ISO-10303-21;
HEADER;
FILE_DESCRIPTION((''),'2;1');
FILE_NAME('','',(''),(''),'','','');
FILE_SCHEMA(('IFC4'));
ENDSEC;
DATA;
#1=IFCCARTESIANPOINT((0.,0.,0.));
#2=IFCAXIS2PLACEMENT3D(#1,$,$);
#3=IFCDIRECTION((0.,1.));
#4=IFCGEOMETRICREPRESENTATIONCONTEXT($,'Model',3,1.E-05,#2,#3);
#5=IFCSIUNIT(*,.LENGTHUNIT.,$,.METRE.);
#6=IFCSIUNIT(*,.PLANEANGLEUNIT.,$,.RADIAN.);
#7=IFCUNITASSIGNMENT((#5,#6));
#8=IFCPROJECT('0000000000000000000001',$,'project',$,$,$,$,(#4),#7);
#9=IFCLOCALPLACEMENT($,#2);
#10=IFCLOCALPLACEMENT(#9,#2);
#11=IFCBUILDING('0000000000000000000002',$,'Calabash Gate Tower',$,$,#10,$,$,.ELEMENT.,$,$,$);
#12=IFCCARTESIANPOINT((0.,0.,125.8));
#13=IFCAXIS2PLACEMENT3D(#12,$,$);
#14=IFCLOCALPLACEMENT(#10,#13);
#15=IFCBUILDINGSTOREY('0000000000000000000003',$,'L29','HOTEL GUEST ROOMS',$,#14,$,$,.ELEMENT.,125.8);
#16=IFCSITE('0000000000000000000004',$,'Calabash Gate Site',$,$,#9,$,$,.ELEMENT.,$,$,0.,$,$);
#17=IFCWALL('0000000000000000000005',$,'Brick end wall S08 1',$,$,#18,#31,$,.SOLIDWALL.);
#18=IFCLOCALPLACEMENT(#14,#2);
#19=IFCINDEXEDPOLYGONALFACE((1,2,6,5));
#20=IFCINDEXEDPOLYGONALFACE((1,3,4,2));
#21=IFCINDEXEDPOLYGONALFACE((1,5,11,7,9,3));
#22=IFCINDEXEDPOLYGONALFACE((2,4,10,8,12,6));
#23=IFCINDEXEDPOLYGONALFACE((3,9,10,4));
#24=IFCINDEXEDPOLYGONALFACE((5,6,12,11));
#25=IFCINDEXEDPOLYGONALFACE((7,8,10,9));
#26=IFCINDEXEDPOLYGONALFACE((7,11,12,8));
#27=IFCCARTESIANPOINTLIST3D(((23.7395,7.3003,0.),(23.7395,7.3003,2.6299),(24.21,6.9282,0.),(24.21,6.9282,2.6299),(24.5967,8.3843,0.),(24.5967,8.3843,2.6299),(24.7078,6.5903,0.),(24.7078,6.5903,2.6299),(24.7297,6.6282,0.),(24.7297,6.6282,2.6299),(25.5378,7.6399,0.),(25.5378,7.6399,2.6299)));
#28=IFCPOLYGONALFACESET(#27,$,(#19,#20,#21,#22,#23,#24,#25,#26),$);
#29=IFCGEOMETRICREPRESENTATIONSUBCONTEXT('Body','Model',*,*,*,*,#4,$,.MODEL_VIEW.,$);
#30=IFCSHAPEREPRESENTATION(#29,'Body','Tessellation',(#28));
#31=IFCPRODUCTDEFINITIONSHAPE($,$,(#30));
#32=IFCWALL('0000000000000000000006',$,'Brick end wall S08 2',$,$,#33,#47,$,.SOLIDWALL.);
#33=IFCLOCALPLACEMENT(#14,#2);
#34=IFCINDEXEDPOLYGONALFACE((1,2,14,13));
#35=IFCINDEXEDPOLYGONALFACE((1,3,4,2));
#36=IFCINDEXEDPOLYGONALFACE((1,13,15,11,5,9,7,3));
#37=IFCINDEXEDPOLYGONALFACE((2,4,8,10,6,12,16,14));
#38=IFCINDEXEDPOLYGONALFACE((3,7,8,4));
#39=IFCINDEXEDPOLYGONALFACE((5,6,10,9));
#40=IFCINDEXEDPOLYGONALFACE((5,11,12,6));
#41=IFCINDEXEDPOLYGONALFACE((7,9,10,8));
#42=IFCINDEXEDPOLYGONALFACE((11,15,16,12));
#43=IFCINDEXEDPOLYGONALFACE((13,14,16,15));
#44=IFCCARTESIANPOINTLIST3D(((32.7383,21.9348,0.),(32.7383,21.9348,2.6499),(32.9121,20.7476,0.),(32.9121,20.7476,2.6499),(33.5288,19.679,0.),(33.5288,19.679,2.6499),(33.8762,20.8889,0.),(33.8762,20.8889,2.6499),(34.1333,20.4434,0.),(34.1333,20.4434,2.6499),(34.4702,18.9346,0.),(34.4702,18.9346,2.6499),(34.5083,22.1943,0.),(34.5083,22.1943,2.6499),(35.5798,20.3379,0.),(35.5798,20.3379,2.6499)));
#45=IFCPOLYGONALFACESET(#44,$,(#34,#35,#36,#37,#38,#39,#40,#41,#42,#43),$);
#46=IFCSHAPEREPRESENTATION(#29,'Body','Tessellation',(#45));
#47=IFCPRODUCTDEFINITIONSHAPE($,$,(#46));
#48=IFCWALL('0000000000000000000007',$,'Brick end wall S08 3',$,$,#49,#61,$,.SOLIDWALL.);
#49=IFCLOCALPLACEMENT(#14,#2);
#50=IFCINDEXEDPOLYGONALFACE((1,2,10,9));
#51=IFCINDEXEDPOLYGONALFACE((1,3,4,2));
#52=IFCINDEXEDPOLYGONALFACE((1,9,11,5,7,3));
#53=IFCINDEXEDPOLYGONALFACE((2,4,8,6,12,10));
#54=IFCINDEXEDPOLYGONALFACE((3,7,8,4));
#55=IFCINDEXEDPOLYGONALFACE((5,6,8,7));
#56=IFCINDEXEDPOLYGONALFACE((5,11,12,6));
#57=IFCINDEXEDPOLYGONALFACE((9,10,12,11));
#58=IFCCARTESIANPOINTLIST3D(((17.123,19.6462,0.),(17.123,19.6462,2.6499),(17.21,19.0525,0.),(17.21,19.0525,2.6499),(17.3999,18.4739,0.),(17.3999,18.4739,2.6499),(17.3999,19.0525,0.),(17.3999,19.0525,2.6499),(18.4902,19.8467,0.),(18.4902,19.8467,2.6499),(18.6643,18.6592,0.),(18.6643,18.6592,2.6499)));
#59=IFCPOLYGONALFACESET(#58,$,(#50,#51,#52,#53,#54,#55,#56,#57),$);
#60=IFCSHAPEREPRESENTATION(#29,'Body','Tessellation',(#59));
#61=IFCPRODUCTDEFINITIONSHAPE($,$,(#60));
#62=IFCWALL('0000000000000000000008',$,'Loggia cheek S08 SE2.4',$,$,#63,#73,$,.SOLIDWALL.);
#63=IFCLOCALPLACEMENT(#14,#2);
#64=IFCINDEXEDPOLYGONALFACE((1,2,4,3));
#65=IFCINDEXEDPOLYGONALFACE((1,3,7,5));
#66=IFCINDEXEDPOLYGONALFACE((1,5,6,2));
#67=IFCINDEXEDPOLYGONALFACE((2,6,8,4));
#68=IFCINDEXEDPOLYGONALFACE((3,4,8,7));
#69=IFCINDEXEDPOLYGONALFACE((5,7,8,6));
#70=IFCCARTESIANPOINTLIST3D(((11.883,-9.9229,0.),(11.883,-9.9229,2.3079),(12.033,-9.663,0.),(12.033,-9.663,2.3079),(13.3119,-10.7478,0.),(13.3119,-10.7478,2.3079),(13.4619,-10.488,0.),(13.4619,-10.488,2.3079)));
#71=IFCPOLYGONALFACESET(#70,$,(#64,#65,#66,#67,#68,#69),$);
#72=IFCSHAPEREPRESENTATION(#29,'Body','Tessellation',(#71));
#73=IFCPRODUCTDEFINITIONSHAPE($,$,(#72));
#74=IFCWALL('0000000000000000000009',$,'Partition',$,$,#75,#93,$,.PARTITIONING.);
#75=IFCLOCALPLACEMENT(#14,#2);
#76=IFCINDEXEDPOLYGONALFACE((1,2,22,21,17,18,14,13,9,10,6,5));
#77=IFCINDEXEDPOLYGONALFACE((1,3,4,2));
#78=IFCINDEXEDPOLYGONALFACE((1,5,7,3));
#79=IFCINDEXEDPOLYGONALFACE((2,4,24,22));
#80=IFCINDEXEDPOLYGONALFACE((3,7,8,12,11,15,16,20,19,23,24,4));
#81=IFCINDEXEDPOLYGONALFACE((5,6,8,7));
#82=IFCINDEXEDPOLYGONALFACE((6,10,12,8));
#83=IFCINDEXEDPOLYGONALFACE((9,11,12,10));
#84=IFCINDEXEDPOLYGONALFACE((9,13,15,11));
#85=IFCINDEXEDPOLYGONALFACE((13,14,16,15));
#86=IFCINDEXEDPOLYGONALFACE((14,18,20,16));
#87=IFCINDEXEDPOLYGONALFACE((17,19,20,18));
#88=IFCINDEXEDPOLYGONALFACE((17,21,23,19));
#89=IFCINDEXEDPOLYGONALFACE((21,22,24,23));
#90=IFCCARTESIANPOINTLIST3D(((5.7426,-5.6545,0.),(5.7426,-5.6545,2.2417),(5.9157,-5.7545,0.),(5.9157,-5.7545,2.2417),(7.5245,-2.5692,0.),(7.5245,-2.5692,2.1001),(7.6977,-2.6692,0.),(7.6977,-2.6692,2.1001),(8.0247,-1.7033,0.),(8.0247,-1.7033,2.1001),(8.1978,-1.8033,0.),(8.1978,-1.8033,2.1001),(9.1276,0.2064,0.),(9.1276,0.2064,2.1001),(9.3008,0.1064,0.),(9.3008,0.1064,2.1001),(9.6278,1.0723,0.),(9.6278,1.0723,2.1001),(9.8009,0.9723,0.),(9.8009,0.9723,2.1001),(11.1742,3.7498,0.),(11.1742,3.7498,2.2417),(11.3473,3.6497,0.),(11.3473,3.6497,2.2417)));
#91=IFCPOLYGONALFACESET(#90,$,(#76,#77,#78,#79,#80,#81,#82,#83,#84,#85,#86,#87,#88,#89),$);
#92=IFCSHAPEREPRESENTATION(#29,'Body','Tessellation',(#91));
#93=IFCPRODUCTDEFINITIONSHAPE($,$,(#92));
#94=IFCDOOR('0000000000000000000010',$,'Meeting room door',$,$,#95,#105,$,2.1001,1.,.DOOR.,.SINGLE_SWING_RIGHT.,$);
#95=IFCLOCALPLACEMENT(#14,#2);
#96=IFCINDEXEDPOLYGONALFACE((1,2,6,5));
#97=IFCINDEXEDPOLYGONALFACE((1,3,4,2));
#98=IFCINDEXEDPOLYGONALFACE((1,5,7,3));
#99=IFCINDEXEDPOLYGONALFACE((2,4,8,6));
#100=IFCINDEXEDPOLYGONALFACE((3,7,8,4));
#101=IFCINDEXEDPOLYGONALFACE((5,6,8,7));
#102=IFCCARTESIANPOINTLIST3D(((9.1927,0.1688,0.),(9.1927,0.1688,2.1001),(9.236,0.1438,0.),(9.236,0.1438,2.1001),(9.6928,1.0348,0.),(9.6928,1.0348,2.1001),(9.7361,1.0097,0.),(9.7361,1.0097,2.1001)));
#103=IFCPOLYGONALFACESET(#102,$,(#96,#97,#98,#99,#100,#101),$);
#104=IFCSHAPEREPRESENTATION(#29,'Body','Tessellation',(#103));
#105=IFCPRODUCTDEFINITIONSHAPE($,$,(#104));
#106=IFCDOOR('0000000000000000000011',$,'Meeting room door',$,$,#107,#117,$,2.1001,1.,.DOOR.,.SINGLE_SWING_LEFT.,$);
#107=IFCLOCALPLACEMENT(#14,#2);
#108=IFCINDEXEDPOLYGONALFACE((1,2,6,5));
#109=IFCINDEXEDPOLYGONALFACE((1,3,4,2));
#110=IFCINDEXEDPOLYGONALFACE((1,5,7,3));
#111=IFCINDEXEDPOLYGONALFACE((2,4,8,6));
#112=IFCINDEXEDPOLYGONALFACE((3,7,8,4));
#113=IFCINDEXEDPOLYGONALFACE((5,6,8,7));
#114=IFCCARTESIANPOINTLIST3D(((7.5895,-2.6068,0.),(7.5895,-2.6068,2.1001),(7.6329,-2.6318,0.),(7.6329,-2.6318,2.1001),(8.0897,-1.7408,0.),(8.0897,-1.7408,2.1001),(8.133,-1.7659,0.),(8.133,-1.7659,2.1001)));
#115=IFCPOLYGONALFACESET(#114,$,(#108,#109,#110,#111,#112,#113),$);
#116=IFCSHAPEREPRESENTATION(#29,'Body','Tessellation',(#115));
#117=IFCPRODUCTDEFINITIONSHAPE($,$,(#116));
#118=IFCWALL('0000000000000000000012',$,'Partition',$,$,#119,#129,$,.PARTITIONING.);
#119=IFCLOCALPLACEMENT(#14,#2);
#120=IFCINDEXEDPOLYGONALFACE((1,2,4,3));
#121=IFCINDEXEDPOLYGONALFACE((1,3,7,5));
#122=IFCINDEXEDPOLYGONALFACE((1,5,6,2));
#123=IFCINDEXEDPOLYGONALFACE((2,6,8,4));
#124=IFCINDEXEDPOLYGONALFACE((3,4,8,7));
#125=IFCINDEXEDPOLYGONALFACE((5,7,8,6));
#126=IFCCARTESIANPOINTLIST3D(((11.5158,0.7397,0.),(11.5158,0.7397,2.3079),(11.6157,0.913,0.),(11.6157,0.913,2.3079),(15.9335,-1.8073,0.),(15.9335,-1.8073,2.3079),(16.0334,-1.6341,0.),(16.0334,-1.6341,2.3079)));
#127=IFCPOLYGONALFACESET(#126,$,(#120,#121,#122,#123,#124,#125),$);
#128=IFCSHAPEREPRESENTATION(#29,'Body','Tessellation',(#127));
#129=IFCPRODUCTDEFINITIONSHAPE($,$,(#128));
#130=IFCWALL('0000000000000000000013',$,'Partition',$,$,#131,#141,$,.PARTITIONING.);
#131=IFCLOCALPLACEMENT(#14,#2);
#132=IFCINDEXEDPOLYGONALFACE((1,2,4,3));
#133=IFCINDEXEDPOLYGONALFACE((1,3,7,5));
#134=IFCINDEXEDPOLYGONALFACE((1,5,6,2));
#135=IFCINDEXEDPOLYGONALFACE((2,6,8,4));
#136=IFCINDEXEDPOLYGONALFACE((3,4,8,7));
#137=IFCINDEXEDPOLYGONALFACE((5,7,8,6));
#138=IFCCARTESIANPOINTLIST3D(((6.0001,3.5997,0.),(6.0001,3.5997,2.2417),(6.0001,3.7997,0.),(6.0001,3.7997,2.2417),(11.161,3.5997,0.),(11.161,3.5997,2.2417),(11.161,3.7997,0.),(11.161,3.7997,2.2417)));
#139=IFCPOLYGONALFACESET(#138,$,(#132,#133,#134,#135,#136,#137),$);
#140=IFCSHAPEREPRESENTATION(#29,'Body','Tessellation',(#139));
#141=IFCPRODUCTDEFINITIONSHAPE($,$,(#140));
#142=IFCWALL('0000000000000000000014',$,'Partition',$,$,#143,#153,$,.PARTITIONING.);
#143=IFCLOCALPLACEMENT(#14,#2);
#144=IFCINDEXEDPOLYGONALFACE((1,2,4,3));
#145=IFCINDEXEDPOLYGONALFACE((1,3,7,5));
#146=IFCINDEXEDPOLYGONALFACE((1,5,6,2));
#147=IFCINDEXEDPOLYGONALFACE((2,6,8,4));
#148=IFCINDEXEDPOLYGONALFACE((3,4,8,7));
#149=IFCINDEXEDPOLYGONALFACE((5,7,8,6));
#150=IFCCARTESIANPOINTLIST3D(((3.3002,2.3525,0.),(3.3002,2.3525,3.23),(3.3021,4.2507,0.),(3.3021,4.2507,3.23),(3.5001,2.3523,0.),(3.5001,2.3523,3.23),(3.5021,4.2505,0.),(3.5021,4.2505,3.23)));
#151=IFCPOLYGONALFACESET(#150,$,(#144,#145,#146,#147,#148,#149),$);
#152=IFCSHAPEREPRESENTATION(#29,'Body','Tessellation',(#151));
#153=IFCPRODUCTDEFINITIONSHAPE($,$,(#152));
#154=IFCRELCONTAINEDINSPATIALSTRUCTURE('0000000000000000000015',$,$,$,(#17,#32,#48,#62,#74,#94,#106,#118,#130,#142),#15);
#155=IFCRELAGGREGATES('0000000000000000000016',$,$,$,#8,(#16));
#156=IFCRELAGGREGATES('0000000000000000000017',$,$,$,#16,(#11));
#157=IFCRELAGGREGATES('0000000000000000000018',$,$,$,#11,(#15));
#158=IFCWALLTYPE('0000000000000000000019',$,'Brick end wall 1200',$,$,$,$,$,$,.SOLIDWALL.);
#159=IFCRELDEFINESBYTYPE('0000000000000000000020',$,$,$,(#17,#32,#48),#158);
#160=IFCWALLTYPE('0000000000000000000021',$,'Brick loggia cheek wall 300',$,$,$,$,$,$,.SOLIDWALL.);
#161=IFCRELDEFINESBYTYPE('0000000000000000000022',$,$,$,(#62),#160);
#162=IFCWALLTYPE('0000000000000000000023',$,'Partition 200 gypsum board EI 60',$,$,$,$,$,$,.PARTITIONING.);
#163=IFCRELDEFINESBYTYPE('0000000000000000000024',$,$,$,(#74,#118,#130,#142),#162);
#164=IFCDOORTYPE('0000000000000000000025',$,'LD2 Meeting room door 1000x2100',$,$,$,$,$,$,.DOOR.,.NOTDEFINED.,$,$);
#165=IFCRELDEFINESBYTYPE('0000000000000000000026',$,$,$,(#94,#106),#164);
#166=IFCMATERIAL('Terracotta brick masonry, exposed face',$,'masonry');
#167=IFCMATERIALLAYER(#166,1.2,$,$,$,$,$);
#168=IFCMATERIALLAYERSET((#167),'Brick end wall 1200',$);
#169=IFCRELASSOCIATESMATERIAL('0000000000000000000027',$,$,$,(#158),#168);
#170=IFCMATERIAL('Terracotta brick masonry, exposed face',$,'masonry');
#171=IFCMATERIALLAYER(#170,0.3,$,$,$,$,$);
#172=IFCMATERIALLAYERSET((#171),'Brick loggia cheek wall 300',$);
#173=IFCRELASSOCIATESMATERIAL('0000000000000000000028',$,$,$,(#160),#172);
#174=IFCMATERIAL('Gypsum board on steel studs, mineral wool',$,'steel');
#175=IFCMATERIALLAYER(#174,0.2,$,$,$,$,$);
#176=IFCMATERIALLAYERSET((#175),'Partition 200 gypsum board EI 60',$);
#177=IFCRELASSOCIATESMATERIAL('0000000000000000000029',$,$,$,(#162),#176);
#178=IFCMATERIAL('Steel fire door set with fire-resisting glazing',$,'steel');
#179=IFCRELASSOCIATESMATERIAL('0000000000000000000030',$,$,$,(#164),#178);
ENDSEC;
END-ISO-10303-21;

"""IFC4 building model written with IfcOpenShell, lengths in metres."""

from ifc_helpers import new_model, si_unit, direction, frame, frame_2d, origin, place, context, subcontext, project, spatial, polyline, rectangle, outline, extrude, material, layer, layer_set, type_object, element, fill, save


model = new_model("IFC4")

# Units and contexts
model_context = context("Model", 3, precision=1e-05, world=origin(), true_north=direction((0.0, 1.0)))
body_context = subcontext(model_context, "Body", "Model", "MODEL_VIEW")
ifc_project = project(units=[si_unit("LENGTHUNIT", "METRE"), si_unit("PLANEANGLEUNIT", "RADIAN")], contexts=[model_context])

# Site, building, storey
site_placement = place(None, origin())
site = spatial("IfcSite", under=ifc_project, at=site_placement, Name="Calabash Gate Site", CompositionType="ELEMENT", RefElevation=0.0)
building_placement = place(site_placement, origin())
building = spatial("IfcBuilding", under=site, at=building_placement, Name="Calabash Gate Tower", CompositionType="ELEMENT")
storey_placement = place(building_placement, frame((0.0, 0.0, 125.8)))
storey = spatial("IfcBuildingStorey", under=building, at=storey_placement, Name="L29", Description="HOTEL GUEST ROOMS", CompositionType="ELEMENT", Elevation=125.8)

# Walls
ifc_material_1 = material(Name="Terracotta brick masonry, exposed face", Category="masonry")
ifc_layer_1 = layer(ifc_material_1, 1.2)
ifc_layer_set_1 = layer_set([ifc_layer_1], Name="Brick end wall 1200")
wall_type_1 = type_object("IfcWallType", Name="Brick end wall 1200", PredefinedType="SOLIDWALL", material=ifc_layer_set_1)
wall_1_placement = place(storey_placement, origin())
element("IfcWall", 1, at=wall_1_placement, inside=storey, type_object=wall_type_1, Name="Brick end wall S08 1", PredefinedType="SOLIDWALL", context=body_context, shape_type="SweptSolid", body=[
    extrude(outline(polyline([(24.5967, 8.3843), (23.7395, 7.3003), (24.21, 6.9282), (24.7297, 6.6282), (24.7078, 6.5903), (25.5378, 7.6399), (24.5967, 8.3843)])), origin(), (0.0, 0.0, 1.0), 2.6299),
])
wall_2_placement = place(storey_placement, origin())
element("IfcWall", 2, at=wall_2_placement, inside=storey, type_object=wall_type_1, Name="Brick end wall S08 2", PredefinedType="SOLIDWALL", context=body_context, shape_type="SweptSolid", body=[
    extrude(outline(polyline([(34.1333, 20.4434), (33.5288, 19.679), (34.4702, 18.9346), (35.5798, 20.3379), (34.5083, 22.1943), (32.7383, 21.9348), (32.9121, 20.7476), (33.8762, 20.8889), (34.1333, 20.4434)])), origin(), (0.0, 0.0, 1.0), 2.6499),
])
wall_3_placement = place(storey_placement, origin())
element("IfcWall", 3, at=wall_3_placement, inside=storey, type_object=wall_type_1, Name="Brick end wall S08 3", PredefinedType="SOLIDWALL", context=body_context, shape_type="SweptSolid", body=[
    extrude(outline(polyline([(17.123, 19.6462), (17.21, 19.0525), (17.3999, 19.0525), (17.3999, 18.4739), (18.6643, 18.6592), (18.4902, 19.8467), (17.123, 19.6462)])), origin(), (0.0, 0.0, 1.0), 2.6499),
])
ifc_material_2 = material(Name="Terracotta brick masonry, exposed face", Category="masonry")
ifc_layer_2 = layer(ifc_material_2, 0.3)
ifc_layer_set_2 = layer_set([ifc_layer_2], Name="Brick loggia cheek wall 300")
wall_type_2 = type_object("IfcWallType", Name="Brick loggia cheek wall 300", PredefinedType="SOLIDWALL", material=ifc_layer_set_2)
wall_4_placement = place(storey_placement, frame((11.958, -9.793, 0.0), z_axis=(0.0, 0.0, 1.0), x_axis=(0.86604, -0.499974, 0.0)))
element("IfcWall", 4, at=wall_4_placement, inside=storey, type_object=wall_type_2, Name="Loggia cheek S08 SE2.4", PredefinedType="SOLIDWALL", context=body_context, shape_type="SweptSolid", body=[
    extrude(rectangle(XDim=1.6499, YDim=0.3, at=frame_2d((0.825, 0.0))), origin(), (0.0, 0.0, 1.0), 2.3079),
])

# Wall, openings, doors
ifc_material_3 = material(Name="Gypsum board on steel studs, mineral wool", Category="steel")
ifc_layer_3 = layer(ifc_material_3, 0.2)
ifc_layer_set_3 = layer_set([ifc_layer_3], Name="Partition 200 gypsum board EI 60")
wall_type_3 = type_object("IfcWallType", Name="Partition 200 gypsum board EI 60", PredefinedType="PARTITIONING", material=ifc_layer_set_3)
wall_5_placement = place(storey_placement, frame((5.8291, -5.7046, 0.0), z_axis=(0.0, 0.0, 1.0), x_axis=(0.500143, 0.865943, 0.0)))
wall_5 = element("IfcWall", 5, at=wall_5_placement, inside=storey, type_object=wall_type_3, Name="Partition", PredefinedType="PARTITIONING", context=body_context, shape_type="SweptSolid", body=[
    extrude(rectangle(XDim=10.8601, YDim=0.2, at=frame_2d((5.4302, 0.0))), origin(), (0.0, 0.0, 1.0), 2.2417),
])
opening_1_placement = place(wall_5_placement, frame((6.7683, 0.0, 0.0)))
opening_1 = element("IfcOpeningElement", 6, at=opening_1_placement, cuts=wall_5, PredefinedType="OPENING", context=body_context, shape_type="SweptSolid", body=[
    extrude(rectangle(XDim=1.0, YDim=2.1001, at=frame_2d((0.5, 1.05))), frame((0.0, 0.1099, 0.0), z_axis=(0.0, -1.0, 0.0), x_axis=(1.0, 0.0, 0.0)), (0.0, 0.0, 1.0), 0.22),
])
opening_2_placement = place(wall_5_placement, frame((3.563, 0.0, 0.0)))
opening_2 = element("IfcOpeningElement", 7, at=opening_2_placement, cuts=wall_5, PredefinedType="OPENING", context=body_context, shape_type="SweptSolid", body=[
    extrude(rectangle(XDim=1.0, YDim=2.1001, at=frame_2d((0.5, 1.05))), frame((0.0, 0.1099, 0.0), z_axis=(0.0, -1.0, 0.0), x_axis=(1.0, 0.0, 0.0)), (0.0, 0.0, 1.0), 0.22),
])
ifc_material_4 = material(Name="Steel fire door set with fire-resisting glazing", Category="steel")
door_type_1 = type_object("IfcDoorType", Name="LD2 Meeting room door 1000x2100", OperationType="NOTDEFINED", PredefinedType="DOOR", material=ifc_material_4)
door_1_placement = place(opening_1_placement, origin())
door_1 = element("IfcDoor", 8, at=door_1_placement, inside=storey, type_object=door_type_1, Name="Meeting room door", OperationType="SINGLE_SWING_RIGHT", OverallHeight=2.1001, OverallWidth=1.0, PredefinedType="DOOR", context=body_context, shape_type="SweptSolid", body=[
    extrude(rectangle(XDim=1.0, YDim=2.1001, at=frame_2d((0.5, 1.05))), frame((0.0, 0.0249, 0.0), z_axis=(0.0, -1.0, 0.0), x_axis=(1.0, 0.0, 0.0)), (0.0, 0.0, 1.0), 0.05),
])
fill(opening_1, door_1)
door_2_placement = place(opening_2_placement, origin())
door_2 = element("IfcDoor", 9, at=door_2_placement, inside=storey, type_object=door_type_1, Name="Meeting room door", OperationType="SINGLE_SWING_LEFT", OverallHeight=2.1001, OverallWidth=1.0, PredefinedType="DOOR", context=body_context, shape_type="SweptSolid", body=[
    extrude(rectangle(XDim=1.0, YDim=2.1001, at=frame_2d((0.5, 1.05))), frame((0.0, 0.0249, 0.0), z_axis=(0.0, -1.0, 0.0), x_axis=(1.0, 0.0, 0.0)), (0.0, 0.0, 1.0), 0.05),
])
fill(opening_2, door_2)

# Walls
wall_6_placement = place(storey_placement, frame((11.5657, 0.8264, 0.0), z_axis=(0.0, 0.0, 1.0), x_axis=(0.866319, -0.499492, 0.0)))
element("IfcWall", 10, at=wall_6_placement, inside=storey, type_object=wall_type_3, Name="Partition", PredefinedType="PARTITIONING", context=body_context, shape_type="SweptSolid", body=[
    extrude(rectangle(XDim=5.0994, YDim=0.2, at=frame_2d((2.5498, 0.0))), origin(), (0.0, 0.0, 1.0), 2.3079),
])
wall_7_placement = place(storey_placement, frame((6.0, 3.6997, 0.0), z_axis=(0.0, 0.0, 1.0), x_axis=(1.0, 0.0, 0.0)))
element("IfcWall", 11, at=wall_7_placement, inside=storey, type_object=wall_type_3, Name="Partition", PredefinedType="PARTITIONING", context=body_context, shape_type="SweptSolid", body=[
    extrude(rectangle(XDim=5.1609, YDim=0.2, at=frame_2d((2.5806, 0.0))), origin(), (0.0, 0.0, 1.0), 2.2417),
])
wall_8_placement = place(storey_placement, frame((3.4001, 2.3523, 0.0), z_axis=(0.0, 0.0, 1.0), x_axis=(0.001029, 0.999999, 0.0)))
element("IfcWall", 12, at=wall_8_placement, inside=storey, type_object=wall_type_3, Name="Partition", PredefinedType="PARTITIONING", context=body_context, shape_type="SweptSolid", body=[
    extrude(rectangle(XDim=1.8982, YDim=0.2, at=frame_2d((0.9492, 0.0))), origin(), (0.0, 0.0, 1.0), 3.23),
])

save(model, "model.ifc")
